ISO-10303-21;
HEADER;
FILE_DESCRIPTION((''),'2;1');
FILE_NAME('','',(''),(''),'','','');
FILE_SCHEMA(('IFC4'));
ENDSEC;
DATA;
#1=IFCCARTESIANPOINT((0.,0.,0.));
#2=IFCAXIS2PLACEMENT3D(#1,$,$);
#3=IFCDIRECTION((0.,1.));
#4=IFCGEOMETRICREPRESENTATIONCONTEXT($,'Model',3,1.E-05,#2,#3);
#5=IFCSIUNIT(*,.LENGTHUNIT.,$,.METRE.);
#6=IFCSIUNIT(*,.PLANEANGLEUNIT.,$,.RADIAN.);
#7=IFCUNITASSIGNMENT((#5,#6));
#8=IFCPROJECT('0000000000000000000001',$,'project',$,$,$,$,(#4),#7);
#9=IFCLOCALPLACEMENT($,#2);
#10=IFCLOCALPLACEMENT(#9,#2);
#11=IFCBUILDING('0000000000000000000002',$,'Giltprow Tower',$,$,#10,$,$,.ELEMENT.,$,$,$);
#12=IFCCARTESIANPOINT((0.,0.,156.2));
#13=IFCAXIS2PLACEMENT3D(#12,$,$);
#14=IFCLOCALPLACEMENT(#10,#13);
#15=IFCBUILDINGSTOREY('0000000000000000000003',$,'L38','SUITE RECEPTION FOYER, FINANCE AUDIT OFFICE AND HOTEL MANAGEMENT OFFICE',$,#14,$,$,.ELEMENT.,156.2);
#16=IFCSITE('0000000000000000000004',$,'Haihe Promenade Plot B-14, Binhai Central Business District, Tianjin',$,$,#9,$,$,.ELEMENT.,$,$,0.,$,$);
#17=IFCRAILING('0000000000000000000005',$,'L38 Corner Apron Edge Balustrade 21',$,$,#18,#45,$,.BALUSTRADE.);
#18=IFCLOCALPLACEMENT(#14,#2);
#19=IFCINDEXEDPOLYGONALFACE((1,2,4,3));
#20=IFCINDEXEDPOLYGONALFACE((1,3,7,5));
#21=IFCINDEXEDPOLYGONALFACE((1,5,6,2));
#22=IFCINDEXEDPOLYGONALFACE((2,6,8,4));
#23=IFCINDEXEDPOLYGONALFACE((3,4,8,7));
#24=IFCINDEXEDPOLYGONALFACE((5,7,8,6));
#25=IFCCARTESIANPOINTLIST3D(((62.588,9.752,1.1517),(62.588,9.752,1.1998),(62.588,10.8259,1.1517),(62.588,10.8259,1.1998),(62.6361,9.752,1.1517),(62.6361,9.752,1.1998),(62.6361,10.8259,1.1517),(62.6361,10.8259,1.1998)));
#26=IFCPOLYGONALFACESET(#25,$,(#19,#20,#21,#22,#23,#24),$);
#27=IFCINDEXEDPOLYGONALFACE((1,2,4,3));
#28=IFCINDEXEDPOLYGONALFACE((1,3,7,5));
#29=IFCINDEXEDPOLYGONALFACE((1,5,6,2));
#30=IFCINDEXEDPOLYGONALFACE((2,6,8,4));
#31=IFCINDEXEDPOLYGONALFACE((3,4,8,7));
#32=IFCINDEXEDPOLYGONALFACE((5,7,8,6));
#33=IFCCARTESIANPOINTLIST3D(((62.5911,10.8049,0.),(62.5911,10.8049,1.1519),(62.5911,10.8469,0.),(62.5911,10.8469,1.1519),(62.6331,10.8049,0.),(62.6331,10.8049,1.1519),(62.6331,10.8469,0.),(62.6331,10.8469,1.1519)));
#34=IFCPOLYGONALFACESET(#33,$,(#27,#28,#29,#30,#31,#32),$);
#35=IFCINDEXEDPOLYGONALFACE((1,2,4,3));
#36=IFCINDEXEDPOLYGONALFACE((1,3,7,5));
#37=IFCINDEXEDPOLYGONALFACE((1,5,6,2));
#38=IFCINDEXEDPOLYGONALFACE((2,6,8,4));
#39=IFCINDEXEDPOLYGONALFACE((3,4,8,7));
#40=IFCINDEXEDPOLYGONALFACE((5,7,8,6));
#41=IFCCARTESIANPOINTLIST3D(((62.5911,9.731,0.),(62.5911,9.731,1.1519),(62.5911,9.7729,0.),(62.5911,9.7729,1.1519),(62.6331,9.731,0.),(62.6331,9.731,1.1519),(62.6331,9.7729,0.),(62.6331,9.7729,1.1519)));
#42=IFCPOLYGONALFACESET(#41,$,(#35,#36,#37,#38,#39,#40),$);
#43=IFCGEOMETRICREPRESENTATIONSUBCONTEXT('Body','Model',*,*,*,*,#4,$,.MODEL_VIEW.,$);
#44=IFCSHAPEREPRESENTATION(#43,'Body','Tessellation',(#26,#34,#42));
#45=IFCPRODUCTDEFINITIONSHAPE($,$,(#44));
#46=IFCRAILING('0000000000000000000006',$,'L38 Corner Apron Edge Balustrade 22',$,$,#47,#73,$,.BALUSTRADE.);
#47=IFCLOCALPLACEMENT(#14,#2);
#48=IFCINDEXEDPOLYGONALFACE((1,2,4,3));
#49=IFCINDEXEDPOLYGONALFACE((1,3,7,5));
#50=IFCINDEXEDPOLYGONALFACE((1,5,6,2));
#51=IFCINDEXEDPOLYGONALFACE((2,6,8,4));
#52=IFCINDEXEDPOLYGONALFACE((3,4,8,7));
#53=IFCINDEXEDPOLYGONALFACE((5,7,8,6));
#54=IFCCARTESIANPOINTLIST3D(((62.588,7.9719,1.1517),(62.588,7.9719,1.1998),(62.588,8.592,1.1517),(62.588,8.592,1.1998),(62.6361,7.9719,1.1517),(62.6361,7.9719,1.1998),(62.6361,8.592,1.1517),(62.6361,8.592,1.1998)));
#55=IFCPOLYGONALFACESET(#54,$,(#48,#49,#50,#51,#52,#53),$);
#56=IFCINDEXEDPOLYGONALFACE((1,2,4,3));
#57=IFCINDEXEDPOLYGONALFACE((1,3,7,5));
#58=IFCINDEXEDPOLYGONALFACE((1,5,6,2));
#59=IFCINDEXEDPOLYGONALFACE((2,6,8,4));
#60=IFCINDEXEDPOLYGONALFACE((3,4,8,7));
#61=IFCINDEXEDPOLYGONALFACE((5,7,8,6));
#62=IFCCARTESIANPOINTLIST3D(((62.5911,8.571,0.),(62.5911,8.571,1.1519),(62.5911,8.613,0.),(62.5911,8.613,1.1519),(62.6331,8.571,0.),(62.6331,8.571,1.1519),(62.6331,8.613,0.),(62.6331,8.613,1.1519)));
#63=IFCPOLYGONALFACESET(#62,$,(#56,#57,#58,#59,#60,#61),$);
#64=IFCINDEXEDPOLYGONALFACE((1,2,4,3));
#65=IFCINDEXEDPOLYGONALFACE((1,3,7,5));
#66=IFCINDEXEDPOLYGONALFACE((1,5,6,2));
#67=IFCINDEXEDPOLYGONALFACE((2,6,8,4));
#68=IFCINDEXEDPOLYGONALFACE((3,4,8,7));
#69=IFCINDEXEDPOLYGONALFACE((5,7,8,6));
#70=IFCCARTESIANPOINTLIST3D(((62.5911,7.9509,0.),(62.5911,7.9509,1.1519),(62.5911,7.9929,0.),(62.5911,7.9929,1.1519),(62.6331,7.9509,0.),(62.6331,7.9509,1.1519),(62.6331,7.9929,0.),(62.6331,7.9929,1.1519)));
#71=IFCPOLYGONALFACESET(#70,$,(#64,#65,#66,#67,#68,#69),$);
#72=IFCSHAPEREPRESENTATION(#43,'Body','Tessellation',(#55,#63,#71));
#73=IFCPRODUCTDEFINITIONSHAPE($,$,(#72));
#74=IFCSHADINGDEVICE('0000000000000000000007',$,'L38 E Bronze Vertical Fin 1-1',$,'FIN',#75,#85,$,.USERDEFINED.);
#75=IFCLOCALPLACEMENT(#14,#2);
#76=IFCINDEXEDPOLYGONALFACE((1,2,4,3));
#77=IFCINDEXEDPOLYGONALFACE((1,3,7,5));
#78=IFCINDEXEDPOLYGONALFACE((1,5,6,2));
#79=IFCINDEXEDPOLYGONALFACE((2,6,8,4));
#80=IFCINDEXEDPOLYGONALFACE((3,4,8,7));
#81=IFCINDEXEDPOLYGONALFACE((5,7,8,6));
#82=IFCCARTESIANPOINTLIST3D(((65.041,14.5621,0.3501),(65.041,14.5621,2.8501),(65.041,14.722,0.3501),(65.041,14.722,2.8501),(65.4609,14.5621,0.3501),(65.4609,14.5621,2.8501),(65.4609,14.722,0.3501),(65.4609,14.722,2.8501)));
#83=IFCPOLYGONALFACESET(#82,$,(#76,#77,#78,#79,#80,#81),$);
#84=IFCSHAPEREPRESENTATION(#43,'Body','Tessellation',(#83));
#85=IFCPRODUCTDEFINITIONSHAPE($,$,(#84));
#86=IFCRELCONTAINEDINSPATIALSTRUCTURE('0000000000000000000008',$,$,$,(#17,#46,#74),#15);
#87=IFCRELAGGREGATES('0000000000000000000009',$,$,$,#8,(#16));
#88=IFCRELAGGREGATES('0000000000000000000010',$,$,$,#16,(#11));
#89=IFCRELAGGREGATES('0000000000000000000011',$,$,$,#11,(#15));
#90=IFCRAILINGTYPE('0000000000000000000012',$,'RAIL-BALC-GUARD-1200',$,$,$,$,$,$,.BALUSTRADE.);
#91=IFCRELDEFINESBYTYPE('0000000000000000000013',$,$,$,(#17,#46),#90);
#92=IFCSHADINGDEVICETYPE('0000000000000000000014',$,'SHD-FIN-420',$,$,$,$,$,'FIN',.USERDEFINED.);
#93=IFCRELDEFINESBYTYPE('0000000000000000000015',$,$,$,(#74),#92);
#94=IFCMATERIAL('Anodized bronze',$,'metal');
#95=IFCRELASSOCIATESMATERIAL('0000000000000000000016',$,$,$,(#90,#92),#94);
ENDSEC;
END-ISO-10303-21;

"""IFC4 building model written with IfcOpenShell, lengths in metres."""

from ifc_helpers import new_model, si_unit, direction, frame, origin, origin_2d, place, context, subcontext, project, spatial, rectangle, extrude, source, transform, mapped, material, type_object, element, save


model = new_model("IFC4")

# Units and contexts
model_context = context("Model", 3, precision=1e-05, world=origin(), true_north=direction((0.0, 1.0)))
body_context = subcontext(model_context, "Body", "Model", "MODEL_VIEW")
ifc_project = project(units=[si_unit("LENGTHUNIT", "METRE"), si_unit("PLANEANGLEUNIT", "RADIAN")], contexts=[model_context])

# Site, building, storey
site_placement = place(None, origin())
site = spatial("IfcSite", under=ifc_project, at=site_placement, Name="Haihe Promenade Plot B-14, Binhai Central Business District, Tianjin", CompositionType="ELEMENT", RefElevation=0.0)
building_placement = place(site_placement, origin())
building = spatial("IfcBuilding", under=site, at=building_placement, Name="Giltprow Tower", CompositionType="ELEMENT")
storey_placement = place(building_placement, frame((0.0, 0.0, 156.2)))
storey = spatial("IfcBuildingStorey", under=building, at=storey_placement, Name="L38", Description="SUITE RECEPTION FOYER, FINANCE AUDIT OFFICE AND HOTEL MANAGEMENT OFFICE", CompositionType="ELEMENT", Elevation=156.2)

# Shared definitions
ifc_material_1 = material(Name="Anodized bronze", Category="metal")

# Railings
railing_type = type_object("IfcRailingType", Name="RAIL-BALC-GUARD-1200", PredefinedType="BALUSTRADE", material=ifc_material_1)
railing_1_placement = place(storey_placement, frame((62.6121, 10.8259, 0.0)))
element("IfcRailing", 1, at=railing_1_placement, inside=storey, type_object=railing_type, Name="L38 Corner Apron Edge Balustrade 21", PredefinedType="BALUSTRADE", context=body_context, shape_type="SweptSolid", body=[
    extrude(rectangle(XDim=0.0481, YDim=0.0481, at=origin_2d()), frame((0.0, 0.0, 1.1758), z_axis=(0.0, -1.0, 0.0), x_axis=(1.0, 0.0, 0.0)), (0.0, 0.0, 1.0), 1.074),
    extrude(rectangle(XDim=0.042, YDim=0.042, at=origin_2d()), origin(), (0.0, 0.0, 1.0), 1.1519),
    extrude(rectangle(XDim=0.042, YDim=0.042, at=origin_2d()), frame((0.0, -1.074, 0.0)), (0.0, 0.0, 1.0), 1.1519),
])
railing_2_placement = place(storey_placement, frame((62.6121, 8.592, 0.0)))
element("IfcRailing", 2, at=railing_2_placement, inside=storey, type_object=railing_type, Name="L38 Corner Apron Edge Balustrade 22", PredefinedType="BALUSTRADE", context=body_context, shape_type="SweptSolid", body=[
    extrude(rectangle(XDim=0.0481, YDim=0.0481, at=origin_2d()), frame((0.0, 0.0, 1.1758), z_axis=(0.0, -1.0, 0.0), x_axis=(1.0, 0.0, 0.0)), (0.0, 0.0, 1.0), 0.6201),
    extrude(rectangle(XDim=0.042, YDim=0.042, at=origin_2d()), origin(), (0.0, 0.0, 1.0), 1.1519),
    extrude(rectangle(XDim=0.042, YDim=0.042, at=origin_2d()), frame((0.0, -0.6201, 0.0)), (0.0, 0.0, 1.0), 1.1519),
])

# Shading device
shading_device_type = type_object("IfcShadingDeviceType", Name="SHD-FIN-420", ElementType="FIN", PredefinedType="USERDEFINED", material=ifc_material_1)
shared_shape_1 = source(origin(), body_context, "Body", "SweptSolid", [
    extrude(rectangle(XDim=0.4199, YDim=0.1599, at=origin_2d()), origin(), (0.0, 0.0, 1.0), 2.5),
])
shading_device_placement = place(storey_placement, frame((65.251, 14.6421, 0.3501), z_axis=(0.0, 0.0, 1.0), x_axis=(1.0, 0.0, 0.0)))
element("IfcShadingDevice", 3, at=shading_device_placement, inside=storey, type_object=shading_device_type, Name="L38 E Bronze Vertical Fin 1-1", ObjectType="FIN", PredefinedType="USERDEFINED", context=body_context, shape_type="MappedRepresentation", body=[
    mapped(shared_shape_1, transform((0.0, 0.0, 0.0), x_axis=(1.0, 0.0, 0.0), y_axis=(0.0, 1.0, 0.0), z_axis=(0.0, 0.0, 1.0), scale=1.0)),
])

save(model, "model.ifc")
